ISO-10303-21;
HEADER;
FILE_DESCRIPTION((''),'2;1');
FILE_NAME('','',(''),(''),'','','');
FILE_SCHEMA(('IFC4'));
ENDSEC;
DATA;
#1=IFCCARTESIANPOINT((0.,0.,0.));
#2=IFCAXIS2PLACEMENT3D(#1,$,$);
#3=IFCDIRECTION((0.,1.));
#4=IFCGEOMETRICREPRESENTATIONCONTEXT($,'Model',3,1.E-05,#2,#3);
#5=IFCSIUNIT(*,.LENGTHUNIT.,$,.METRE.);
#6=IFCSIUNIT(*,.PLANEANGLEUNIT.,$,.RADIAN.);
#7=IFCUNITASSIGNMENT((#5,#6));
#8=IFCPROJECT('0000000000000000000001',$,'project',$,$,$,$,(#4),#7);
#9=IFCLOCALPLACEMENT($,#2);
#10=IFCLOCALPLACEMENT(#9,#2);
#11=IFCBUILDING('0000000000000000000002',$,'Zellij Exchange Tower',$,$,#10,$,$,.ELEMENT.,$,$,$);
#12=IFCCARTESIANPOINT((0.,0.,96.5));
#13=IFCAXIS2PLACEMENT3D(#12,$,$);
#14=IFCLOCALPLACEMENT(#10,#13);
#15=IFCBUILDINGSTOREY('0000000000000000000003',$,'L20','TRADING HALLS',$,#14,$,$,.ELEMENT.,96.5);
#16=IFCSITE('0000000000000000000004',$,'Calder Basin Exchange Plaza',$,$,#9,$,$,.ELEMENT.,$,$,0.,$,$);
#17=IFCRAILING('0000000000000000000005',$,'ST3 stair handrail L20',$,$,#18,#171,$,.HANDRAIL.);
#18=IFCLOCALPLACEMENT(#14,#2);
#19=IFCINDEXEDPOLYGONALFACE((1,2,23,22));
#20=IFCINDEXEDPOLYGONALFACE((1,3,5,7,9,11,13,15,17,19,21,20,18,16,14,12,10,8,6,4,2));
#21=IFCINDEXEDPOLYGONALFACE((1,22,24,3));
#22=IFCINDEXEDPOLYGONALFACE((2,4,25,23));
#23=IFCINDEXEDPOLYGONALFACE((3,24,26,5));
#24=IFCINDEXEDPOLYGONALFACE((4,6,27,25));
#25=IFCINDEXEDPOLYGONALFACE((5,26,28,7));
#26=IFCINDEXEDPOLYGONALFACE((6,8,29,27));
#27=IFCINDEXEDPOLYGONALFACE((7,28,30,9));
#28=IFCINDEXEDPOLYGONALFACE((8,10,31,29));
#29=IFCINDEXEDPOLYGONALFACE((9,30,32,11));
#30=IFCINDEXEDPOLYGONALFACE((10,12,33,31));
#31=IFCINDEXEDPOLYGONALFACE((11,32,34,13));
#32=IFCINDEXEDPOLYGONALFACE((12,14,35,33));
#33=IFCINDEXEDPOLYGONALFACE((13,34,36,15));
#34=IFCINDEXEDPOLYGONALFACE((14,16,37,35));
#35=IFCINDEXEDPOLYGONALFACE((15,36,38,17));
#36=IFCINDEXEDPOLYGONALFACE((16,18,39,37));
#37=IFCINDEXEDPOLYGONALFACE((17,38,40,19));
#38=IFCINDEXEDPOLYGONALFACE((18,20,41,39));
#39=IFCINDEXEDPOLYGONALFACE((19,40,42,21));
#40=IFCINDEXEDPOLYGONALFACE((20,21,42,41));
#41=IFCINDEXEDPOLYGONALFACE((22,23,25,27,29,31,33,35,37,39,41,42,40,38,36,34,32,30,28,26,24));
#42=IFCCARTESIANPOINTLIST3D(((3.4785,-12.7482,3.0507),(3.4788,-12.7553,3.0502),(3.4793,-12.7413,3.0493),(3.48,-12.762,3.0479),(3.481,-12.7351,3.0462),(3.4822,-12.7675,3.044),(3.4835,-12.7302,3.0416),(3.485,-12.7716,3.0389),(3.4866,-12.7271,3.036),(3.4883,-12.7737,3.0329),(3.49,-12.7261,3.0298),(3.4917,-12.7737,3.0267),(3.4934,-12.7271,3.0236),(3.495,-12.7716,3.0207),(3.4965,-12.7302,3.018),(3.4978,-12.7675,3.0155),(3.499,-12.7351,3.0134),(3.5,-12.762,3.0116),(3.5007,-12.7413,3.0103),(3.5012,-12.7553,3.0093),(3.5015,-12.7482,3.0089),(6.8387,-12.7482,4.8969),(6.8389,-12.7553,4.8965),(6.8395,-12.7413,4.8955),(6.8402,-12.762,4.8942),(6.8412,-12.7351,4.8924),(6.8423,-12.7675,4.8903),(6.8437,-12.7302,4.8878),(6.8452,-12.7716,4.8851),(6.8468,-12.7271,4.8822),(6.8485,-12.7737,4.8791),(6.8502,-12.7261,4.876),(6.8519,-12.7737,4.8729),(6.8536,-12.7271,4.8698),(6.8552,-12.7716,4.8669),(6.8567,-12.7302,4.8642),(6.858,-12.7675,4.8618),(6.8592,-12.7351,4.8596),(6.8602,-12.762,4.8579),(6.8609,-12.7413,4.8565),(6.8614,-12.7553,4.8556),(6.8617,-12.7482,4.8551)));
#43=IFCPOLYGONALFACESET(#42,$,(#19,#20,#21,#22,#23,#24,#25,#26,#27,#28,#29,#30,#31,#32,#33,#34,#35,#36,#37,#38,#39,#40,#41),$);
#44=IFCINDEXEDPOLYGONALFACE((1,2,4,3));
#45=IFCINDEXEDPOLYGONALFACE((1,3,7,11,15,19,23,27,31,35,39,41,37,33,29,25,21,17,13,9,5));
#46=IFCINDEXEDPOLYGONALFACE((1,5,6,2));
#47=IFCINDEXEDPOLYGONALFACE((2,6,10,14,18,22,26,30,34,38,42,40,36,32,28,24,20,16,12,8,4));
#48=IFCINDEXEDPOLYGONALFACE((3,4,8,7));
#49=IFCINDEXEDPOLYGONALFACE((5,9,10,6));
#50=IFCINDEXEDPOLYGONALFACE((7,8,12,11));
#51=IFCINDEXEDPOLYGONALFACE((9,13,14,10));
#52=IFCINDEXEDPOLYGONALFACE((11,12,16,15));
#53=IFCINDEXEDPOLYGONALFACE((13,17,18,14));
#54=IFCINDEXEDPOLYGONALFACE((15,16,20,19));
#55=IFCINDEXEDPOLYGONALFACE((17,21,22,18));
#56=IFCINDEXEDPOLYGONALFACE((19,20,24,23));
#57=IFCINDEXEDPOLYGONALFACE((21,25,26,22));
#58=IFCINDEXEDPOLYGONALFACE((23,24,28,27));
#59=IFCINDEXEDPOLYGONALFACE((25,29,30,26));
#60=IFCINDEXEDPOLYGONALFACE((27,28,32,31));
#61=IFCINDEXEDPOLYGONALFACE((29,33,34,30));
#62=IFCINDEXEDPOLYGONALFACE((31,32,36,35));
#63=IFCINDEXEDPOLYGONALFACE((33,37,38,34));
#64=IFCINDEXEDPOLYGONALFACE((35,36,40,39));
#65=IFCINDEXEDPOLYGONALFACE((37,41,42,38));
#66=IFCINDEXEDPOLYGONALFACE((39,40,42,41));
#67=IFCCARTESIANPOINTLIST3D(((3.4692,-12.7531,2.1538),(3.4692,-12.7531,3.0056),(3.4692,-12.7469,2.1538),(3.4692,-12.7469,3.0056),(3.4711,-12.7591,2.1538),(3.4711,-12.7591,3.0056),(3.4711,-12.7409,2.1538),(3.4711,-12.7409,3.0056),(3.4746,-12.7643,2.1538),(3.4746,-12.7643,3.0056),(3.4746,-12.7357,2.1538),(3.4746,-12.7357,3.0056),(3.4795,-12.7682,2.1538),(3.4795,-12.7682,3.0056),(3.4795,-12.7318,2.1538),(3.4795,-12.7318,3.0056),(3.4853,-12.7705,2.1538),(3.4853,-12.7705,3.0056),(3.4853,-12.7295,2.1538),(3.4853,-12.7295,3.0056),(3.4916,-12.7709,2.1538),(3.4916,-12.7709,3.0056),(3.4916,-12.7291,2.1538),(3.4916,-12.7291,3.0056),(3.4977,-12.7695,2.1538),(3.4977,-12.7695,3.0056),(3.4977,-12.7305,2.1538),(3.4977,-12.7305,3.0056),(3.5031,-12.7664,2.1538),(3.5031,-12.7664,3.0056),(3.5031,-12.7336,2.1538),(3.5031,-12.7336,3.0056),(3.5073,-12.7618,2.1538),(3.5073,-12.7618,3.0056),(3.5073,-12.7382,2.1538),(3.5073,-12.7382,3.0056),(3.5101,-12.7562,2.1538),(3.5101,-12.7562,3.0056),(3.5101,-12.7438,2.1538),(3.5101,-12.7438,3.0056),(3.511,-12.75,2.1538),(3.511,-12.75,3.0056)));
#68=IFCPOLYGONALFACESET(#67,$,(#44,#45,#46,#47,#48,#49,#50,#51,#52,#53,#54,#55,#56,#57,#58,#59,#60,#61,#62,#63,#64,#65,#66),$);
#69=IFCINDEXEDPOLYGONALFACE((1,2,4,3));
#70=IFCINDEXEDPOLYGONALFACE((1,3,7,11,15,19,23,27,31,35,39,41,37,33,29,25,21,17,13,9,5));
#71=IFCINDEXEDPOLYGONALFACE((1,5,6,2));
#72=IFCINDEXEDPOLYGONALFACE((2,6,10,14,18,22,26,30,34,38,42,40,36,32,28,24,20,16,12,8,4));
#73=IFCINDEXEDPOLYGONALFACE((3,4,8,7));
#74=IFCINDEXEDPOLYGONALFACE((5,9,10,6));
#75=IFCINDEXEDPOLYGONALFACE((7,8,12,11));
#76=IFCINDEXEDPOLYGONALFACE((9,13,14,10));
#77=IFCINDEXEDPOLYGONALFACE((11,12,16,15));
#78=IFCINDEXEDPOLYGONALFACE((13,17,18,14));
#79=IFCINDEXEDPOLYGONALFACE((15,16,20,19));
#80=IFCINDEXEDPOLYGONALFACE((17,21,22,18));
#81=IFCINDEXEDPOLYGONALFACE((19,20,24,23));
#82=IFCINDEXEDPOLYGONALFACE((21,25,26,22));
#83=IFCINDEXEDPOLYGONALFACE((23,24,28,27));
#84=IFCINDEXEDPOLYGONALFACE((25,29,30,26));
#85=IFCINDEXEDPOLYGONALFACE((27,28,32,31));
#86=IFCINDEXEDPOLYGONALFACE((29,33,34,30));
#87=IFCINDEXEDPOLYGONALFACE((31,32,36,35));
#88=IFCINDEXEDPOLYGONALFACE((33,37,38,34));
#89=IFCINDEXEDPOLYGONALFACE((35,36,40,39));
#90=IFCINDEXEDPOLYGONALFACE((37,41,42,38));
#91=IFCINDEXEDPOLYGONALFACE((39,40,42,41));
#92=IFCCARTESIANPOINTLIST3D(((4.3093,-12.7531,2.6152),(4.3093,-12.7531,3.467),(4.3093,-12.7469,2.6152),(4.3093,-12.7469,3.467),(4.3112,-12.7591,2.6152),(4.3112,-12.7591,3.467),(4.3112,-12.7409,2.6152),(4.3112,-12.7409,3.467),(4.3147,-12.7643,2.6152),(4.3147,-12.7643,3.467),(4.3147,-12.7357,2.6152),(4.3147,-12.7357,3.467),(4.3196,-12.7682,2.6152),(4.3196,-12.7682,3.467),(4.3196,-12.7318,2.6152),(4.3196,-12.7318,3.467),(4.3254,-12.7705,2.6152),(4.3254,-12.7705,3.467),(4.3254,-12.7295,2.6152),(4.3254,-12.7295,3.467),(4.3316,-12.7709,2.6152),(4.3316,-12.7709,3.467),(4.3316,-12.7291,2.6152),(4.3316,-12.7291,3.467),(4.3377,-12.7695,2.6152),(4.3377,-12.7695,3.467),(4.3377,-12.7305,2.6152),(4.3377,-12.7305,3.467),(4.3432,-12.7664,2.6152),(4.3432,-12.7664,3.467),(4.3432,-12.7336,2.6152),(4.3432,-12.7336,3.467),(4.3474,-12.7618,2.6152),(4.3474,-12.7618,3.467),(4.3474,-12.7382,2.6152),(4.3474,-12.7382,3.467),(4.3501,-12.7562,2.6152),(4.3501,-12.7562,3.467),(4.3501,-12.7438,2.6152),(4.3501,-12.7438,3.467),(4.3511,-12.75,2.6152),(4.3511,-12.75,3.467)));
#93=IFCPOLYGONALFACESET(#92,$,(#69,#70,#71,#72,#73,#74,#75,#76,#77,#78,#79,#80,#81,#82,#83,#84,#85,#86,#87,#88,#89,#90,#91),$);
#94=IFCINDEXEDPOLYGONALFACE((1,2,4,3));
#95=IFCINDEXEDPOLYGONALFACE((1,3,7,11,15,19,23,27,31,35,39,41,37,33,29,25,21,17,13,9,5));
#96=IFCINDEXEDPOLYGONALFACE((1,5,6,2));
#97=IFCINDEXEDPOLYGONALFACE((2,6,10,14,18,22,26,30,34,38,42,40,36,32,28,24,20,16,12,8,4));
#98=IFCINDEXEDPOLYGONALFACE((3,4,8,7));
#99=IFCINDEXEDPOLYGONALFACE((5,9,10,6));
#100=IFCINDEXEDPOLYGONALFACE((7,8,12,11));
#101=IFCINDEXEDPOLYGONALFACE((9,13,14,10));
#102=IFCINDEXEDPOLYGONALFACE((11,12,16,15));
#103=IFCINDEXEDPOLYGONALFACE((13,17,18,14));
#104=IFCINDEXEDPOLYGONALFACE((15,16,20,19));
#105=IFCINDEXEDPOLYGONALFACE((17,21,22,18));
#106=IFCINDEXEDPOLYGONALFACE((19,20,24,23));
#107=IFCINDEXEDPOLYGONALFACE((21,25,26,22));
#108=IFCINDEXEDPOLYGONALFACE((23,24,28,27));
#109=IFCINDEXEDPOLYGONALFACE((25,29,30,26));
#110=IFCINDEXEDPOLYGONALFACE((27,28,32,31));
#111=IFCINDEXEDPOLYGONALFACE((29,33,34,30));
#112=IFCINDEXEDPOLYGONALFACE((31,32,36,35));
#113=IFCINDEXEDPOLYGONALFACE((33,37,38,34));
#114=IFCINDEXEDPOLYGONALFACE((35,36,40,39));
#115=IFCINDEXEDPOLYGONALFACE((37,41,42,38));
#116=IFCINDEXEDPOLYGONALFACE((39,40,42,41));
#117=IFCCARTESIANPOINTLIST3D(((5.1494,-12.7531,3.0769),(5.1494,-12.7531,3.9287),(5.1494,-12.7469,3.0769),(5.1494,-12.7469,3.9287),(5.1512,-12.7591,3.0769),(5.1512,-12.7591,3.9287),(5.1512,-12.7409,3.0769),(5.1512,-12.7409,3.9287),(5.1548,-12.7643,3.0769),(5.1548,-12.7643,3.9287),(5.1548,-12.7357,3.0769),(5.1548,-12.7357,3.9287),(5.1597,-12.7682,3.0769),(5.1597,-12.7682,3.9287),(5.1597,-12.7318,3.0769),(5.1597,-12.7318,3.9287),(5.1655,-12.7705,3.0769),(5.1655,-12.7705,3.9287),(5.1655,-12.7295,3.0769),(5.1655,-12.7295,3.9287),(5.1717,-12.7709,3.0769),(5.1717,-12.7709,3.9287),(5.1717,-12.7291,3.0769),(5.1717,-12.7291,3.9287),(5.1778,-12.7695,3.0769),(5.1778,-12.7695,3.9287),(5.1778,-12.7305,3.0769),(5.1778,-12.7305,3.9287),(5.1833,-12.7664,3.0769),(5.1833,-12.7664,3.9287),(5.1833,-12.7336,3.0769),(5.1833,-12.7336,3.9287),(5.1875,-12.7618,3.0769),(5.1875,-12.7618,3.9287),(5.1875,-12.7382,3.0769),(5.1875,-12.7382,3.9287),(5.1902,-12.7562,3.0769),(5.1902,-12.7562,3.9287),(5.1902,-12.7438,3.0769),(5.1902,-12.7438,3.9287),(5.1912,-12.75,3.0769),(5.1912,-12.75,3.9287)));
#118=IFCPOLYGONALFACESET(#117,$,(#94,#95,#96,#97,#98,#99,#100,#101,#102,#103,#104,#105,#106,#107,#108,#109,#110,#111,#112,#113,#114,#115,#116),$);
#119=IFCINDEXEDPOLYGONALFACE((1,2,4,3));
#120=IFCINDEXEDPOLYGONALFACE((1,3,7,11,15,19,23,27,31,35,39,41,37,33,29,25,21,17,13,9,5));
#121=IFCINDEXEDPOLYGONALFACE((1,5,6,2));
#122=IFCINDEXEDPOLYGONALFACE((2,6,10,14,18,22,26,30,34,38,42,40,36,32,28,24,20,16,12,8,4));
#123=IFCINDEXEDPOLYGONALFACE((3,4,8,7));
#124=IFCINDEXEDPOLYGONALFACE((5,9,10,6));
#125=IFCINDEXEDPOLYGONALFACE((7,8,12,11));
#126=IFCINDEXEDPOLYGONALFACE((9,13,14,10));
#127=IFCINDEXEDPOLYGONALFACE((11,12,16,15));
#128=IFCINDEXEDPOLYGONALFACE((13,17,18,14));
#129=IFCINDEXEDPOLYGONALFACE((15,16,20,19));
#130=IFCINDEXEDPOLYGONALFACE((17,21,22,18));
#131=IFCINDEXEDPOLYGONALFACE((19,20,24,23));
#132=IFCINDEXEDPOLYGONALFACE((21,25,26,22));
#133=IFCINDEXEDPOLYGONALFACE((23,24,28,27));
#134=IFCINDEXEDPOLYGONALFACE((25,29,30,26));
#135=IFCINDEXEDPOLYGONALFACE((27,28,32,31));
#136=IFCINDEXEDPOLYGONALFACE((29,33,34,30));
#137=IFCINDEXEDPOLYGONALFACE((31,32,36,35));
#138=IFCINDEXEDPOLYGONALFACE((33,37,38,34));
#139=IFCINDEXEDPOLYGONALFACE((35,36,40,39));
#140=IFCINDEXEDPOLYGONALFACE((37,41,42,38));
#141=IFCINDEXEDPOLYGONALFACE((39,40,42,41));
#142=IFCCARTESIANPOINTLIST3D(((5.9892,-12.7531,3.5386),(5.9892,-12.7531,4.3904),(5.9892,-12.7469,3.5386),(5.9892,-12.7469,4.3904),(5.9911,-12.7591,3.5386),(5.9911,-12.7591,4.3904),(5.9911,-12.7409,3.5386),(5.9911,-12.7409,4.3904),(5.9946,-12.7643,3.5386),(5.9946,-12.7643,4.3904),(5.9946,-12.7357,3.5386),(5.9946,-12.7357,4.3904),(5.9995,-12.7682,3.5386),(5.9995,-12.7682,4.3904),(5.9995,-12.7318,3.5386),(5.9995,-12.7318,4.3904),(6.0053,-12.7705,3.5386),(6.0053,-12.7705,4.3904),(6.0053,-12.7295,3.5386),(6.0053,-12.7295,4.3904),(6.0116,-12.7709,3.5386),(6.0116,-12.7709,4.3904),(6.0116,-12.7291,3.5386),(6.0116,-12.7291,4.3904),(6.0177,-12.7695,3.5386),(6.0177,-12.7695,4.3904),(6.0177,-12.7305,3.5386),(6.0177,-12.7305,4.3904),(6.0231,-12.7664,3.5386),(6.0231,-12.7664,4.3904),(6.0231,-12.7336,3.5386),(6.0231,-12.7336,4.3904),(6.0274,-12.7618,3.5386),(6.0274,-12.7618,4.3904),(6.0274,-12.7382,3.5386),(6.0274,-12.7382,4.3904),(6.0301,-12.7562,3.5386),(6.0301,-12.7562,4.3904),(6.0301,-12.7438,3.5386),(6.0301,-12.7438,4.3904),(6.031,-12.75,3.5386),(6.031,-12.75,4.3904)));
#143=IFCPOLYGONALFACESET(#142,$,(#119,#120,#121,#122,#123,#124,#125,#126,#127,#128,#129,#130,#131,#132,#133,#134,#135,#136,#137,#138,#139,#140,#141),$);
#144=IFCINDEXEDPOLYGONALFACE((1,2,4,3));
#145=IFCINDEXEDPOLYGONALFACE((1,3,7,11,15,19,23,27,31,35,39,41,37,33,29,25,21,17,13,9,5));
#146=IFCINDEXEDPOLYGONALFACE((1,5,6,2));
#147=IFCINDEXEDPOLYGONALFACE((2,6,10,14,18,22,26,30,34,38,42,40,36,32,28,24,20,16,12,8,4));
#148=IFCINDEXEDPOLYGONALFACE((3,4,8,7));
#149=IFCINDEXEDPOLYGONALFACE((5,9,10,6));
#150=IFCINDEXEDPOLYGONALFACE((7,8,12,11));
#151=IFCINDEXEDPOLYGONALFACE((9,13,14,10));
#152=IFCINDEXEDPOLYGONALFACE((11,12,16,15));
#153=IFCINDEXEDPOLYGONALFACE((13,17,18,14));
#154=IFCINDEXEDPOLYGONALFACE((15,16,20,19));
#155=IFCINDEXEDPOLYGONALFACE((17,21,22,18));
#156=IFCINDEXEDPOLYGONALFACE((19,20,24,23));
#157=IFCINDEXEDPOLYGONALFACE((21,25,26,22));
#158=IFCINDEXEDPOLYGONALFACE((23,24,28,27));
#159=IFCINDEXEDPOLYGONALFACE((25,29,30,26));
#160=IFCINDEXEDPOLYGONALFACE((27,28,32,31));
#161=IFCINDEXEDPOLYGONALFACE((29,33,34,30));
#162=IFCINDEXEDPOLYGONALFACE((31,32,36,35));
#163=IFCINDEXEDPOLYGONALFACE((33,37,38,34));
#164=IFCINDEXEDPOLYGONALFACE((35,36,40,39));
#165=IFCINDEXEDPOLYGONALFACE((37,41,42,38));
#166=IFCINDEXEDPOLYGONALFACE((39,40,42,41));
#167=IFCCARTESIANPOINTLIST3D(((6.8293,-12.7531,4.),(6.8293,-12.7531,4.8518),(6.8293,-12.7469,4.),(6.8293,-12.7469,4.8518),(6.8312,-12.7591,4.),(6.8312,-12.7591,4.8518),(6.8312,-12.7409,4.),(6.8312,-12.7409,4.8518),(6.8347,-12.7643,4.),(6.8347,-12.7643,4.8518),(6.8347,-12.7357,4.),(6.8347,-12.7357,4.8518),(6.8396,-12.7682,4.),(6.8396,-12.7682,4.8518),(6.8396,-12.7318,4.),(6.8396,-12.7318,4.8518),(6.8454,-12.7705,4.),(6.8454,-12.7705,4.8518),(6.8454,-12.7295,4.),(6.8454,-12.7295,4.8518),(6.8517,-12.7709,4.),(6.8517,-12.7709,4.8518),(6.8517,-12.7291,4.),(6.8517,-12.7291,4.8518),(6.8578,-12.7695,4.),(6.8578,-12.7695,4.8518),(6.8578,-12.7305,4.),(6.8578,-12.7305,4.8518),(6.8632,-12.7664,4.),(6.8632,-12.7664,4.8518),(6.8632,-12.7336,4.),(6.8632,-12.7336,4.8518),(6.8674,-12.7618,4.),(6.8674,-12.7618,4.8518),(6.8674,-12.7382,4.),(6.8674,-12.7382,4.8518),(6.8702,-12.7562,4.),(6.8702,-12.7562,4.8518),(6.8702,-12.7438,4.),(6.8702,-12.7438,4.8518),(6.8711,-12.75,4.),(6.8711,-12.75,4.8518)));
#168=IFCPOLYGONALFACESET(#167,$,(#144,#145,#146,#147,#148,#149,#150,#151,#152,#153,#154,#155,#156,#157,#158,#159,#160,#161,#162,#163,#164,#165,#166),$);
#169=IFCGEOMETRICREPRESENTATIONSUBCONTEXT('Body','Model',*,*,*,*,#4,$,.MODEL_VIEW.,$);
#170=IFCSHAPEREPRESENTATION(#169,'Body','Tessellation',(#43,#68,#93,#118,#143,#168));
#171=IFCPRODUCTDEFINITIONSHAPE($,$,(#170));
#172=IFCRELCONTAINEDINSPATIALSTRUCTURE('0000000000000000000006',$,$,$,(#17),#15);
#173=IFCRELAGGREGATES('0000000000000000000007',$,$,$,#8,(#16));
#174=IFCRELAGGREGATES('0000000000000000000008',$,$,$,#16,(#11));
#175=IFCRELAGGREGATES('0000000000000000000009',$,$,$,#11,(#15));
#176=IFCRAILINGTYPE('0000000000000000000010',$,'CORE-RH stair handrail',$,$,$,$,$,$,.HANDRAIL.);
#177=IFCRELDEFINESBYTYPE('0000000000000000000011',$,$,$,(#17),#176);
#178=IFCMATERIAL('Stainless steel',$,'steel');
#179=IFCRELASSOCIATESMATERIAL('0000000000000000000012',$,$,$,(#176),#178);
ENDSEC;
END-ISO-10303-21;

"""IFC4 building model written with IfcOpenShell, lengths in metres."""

from ifc_helpers import new_model, si_unit, direction, frame, origin, origin_2d, place, context, subcontext, project, spatial, circle, extrude, material, type_object, element, save


model = new_model("IFC4")

# Units and contexts
model_context = context("Model", 3, precision=1e-05, world=origin(), true_north=direction((0.0, 1.0)))
body_context = subcontext(model_context, "Body", "Model", "MODEL_VIEW")
ifc_project = project(units=[si_unit("LENGTHUNIT", "METRE"), si_unit("PLANEANGLEUNIT", "RADIAN")], contexts=[model_context])

# Site, building, storey
site_placement = place(None, origin())
site = spatial("IfcSite", under=ifc_project, at=site_placement, Name="Calder Basin Exchange Plaza", CompositionType="ELEMENT", RefElevation=0.0)
building_placement = place(site_placement, origin())
building = spatial("IfcBuilding", under=site, at=building_placement, Name="Zellij Exchange Tower", CompositionType="ELEMENT")
storey_placement = place(building_placement, frame((0.0, 0.0, 96.5)))
storey = spatial("IfcBuildingStorey", under=building, at=storey_placement, Name="L20", Description="TRADING HALLS", CompositionType="ELEMENT", Elevation=96.5)

# Railing
ifc_material_1 = material(Name="Stainless steel", Category="steel")
railing_type_1 = type_object("IfcRailingType", Name="CORE-RH stair handrail", PredefinedType="HANDRAIL", material=ifc_material_1)
railing_1_placement = place(storey_placement, frame((3.49, -12.75, 2.1538)))
element("IfcRailing", 1, at=railing_1_placement, inside=storey, type_object=railing_type_1, Name="ST3 stair handrail L20", PredefinedType="HANDRAIL", context=body_context, shape_type="SweptSolid", body=[
    extrude(circle(Radius=0.0239, at=origin_2d()), frame((0.0, 0.0, 0.876), z_axis=(0.876422, 0.0, 0.481545), x_axis=(0.0, 1.0, 0.0)), (0.0, 0.0, 1.0), 3.834),
    extrude(circle(Radius=0.021, at=origin_2d()), origin(), (0.0, 0.0, 1.0), 0.8518),
    extrude(circle(Radius=0.021, at=origin_2d()), frame((0.8401, 0.0, 0.4614)), (0.0, 0.0, 1.0), 0.8518),
    extrude(circle(Radius=0.021, at=origin_2d()), frame((1.6802, 0.0, 0.9231)), (0.0, 0.0, 1.0), 0.8518),
    extrude(circle(Radius=0.021, at=origin_2d()), frame((2.52, 0.0, 1.3848)), (0.0, 0.0, 1.0), 0.8518),
    extrude(circle(Radius=0.021, at=origin_2d()), frame((3.3601, 0.0, 1.8462)), (0.0, 0.0, 1.0), 0.8518),
])

save(model, "model.ifc")
